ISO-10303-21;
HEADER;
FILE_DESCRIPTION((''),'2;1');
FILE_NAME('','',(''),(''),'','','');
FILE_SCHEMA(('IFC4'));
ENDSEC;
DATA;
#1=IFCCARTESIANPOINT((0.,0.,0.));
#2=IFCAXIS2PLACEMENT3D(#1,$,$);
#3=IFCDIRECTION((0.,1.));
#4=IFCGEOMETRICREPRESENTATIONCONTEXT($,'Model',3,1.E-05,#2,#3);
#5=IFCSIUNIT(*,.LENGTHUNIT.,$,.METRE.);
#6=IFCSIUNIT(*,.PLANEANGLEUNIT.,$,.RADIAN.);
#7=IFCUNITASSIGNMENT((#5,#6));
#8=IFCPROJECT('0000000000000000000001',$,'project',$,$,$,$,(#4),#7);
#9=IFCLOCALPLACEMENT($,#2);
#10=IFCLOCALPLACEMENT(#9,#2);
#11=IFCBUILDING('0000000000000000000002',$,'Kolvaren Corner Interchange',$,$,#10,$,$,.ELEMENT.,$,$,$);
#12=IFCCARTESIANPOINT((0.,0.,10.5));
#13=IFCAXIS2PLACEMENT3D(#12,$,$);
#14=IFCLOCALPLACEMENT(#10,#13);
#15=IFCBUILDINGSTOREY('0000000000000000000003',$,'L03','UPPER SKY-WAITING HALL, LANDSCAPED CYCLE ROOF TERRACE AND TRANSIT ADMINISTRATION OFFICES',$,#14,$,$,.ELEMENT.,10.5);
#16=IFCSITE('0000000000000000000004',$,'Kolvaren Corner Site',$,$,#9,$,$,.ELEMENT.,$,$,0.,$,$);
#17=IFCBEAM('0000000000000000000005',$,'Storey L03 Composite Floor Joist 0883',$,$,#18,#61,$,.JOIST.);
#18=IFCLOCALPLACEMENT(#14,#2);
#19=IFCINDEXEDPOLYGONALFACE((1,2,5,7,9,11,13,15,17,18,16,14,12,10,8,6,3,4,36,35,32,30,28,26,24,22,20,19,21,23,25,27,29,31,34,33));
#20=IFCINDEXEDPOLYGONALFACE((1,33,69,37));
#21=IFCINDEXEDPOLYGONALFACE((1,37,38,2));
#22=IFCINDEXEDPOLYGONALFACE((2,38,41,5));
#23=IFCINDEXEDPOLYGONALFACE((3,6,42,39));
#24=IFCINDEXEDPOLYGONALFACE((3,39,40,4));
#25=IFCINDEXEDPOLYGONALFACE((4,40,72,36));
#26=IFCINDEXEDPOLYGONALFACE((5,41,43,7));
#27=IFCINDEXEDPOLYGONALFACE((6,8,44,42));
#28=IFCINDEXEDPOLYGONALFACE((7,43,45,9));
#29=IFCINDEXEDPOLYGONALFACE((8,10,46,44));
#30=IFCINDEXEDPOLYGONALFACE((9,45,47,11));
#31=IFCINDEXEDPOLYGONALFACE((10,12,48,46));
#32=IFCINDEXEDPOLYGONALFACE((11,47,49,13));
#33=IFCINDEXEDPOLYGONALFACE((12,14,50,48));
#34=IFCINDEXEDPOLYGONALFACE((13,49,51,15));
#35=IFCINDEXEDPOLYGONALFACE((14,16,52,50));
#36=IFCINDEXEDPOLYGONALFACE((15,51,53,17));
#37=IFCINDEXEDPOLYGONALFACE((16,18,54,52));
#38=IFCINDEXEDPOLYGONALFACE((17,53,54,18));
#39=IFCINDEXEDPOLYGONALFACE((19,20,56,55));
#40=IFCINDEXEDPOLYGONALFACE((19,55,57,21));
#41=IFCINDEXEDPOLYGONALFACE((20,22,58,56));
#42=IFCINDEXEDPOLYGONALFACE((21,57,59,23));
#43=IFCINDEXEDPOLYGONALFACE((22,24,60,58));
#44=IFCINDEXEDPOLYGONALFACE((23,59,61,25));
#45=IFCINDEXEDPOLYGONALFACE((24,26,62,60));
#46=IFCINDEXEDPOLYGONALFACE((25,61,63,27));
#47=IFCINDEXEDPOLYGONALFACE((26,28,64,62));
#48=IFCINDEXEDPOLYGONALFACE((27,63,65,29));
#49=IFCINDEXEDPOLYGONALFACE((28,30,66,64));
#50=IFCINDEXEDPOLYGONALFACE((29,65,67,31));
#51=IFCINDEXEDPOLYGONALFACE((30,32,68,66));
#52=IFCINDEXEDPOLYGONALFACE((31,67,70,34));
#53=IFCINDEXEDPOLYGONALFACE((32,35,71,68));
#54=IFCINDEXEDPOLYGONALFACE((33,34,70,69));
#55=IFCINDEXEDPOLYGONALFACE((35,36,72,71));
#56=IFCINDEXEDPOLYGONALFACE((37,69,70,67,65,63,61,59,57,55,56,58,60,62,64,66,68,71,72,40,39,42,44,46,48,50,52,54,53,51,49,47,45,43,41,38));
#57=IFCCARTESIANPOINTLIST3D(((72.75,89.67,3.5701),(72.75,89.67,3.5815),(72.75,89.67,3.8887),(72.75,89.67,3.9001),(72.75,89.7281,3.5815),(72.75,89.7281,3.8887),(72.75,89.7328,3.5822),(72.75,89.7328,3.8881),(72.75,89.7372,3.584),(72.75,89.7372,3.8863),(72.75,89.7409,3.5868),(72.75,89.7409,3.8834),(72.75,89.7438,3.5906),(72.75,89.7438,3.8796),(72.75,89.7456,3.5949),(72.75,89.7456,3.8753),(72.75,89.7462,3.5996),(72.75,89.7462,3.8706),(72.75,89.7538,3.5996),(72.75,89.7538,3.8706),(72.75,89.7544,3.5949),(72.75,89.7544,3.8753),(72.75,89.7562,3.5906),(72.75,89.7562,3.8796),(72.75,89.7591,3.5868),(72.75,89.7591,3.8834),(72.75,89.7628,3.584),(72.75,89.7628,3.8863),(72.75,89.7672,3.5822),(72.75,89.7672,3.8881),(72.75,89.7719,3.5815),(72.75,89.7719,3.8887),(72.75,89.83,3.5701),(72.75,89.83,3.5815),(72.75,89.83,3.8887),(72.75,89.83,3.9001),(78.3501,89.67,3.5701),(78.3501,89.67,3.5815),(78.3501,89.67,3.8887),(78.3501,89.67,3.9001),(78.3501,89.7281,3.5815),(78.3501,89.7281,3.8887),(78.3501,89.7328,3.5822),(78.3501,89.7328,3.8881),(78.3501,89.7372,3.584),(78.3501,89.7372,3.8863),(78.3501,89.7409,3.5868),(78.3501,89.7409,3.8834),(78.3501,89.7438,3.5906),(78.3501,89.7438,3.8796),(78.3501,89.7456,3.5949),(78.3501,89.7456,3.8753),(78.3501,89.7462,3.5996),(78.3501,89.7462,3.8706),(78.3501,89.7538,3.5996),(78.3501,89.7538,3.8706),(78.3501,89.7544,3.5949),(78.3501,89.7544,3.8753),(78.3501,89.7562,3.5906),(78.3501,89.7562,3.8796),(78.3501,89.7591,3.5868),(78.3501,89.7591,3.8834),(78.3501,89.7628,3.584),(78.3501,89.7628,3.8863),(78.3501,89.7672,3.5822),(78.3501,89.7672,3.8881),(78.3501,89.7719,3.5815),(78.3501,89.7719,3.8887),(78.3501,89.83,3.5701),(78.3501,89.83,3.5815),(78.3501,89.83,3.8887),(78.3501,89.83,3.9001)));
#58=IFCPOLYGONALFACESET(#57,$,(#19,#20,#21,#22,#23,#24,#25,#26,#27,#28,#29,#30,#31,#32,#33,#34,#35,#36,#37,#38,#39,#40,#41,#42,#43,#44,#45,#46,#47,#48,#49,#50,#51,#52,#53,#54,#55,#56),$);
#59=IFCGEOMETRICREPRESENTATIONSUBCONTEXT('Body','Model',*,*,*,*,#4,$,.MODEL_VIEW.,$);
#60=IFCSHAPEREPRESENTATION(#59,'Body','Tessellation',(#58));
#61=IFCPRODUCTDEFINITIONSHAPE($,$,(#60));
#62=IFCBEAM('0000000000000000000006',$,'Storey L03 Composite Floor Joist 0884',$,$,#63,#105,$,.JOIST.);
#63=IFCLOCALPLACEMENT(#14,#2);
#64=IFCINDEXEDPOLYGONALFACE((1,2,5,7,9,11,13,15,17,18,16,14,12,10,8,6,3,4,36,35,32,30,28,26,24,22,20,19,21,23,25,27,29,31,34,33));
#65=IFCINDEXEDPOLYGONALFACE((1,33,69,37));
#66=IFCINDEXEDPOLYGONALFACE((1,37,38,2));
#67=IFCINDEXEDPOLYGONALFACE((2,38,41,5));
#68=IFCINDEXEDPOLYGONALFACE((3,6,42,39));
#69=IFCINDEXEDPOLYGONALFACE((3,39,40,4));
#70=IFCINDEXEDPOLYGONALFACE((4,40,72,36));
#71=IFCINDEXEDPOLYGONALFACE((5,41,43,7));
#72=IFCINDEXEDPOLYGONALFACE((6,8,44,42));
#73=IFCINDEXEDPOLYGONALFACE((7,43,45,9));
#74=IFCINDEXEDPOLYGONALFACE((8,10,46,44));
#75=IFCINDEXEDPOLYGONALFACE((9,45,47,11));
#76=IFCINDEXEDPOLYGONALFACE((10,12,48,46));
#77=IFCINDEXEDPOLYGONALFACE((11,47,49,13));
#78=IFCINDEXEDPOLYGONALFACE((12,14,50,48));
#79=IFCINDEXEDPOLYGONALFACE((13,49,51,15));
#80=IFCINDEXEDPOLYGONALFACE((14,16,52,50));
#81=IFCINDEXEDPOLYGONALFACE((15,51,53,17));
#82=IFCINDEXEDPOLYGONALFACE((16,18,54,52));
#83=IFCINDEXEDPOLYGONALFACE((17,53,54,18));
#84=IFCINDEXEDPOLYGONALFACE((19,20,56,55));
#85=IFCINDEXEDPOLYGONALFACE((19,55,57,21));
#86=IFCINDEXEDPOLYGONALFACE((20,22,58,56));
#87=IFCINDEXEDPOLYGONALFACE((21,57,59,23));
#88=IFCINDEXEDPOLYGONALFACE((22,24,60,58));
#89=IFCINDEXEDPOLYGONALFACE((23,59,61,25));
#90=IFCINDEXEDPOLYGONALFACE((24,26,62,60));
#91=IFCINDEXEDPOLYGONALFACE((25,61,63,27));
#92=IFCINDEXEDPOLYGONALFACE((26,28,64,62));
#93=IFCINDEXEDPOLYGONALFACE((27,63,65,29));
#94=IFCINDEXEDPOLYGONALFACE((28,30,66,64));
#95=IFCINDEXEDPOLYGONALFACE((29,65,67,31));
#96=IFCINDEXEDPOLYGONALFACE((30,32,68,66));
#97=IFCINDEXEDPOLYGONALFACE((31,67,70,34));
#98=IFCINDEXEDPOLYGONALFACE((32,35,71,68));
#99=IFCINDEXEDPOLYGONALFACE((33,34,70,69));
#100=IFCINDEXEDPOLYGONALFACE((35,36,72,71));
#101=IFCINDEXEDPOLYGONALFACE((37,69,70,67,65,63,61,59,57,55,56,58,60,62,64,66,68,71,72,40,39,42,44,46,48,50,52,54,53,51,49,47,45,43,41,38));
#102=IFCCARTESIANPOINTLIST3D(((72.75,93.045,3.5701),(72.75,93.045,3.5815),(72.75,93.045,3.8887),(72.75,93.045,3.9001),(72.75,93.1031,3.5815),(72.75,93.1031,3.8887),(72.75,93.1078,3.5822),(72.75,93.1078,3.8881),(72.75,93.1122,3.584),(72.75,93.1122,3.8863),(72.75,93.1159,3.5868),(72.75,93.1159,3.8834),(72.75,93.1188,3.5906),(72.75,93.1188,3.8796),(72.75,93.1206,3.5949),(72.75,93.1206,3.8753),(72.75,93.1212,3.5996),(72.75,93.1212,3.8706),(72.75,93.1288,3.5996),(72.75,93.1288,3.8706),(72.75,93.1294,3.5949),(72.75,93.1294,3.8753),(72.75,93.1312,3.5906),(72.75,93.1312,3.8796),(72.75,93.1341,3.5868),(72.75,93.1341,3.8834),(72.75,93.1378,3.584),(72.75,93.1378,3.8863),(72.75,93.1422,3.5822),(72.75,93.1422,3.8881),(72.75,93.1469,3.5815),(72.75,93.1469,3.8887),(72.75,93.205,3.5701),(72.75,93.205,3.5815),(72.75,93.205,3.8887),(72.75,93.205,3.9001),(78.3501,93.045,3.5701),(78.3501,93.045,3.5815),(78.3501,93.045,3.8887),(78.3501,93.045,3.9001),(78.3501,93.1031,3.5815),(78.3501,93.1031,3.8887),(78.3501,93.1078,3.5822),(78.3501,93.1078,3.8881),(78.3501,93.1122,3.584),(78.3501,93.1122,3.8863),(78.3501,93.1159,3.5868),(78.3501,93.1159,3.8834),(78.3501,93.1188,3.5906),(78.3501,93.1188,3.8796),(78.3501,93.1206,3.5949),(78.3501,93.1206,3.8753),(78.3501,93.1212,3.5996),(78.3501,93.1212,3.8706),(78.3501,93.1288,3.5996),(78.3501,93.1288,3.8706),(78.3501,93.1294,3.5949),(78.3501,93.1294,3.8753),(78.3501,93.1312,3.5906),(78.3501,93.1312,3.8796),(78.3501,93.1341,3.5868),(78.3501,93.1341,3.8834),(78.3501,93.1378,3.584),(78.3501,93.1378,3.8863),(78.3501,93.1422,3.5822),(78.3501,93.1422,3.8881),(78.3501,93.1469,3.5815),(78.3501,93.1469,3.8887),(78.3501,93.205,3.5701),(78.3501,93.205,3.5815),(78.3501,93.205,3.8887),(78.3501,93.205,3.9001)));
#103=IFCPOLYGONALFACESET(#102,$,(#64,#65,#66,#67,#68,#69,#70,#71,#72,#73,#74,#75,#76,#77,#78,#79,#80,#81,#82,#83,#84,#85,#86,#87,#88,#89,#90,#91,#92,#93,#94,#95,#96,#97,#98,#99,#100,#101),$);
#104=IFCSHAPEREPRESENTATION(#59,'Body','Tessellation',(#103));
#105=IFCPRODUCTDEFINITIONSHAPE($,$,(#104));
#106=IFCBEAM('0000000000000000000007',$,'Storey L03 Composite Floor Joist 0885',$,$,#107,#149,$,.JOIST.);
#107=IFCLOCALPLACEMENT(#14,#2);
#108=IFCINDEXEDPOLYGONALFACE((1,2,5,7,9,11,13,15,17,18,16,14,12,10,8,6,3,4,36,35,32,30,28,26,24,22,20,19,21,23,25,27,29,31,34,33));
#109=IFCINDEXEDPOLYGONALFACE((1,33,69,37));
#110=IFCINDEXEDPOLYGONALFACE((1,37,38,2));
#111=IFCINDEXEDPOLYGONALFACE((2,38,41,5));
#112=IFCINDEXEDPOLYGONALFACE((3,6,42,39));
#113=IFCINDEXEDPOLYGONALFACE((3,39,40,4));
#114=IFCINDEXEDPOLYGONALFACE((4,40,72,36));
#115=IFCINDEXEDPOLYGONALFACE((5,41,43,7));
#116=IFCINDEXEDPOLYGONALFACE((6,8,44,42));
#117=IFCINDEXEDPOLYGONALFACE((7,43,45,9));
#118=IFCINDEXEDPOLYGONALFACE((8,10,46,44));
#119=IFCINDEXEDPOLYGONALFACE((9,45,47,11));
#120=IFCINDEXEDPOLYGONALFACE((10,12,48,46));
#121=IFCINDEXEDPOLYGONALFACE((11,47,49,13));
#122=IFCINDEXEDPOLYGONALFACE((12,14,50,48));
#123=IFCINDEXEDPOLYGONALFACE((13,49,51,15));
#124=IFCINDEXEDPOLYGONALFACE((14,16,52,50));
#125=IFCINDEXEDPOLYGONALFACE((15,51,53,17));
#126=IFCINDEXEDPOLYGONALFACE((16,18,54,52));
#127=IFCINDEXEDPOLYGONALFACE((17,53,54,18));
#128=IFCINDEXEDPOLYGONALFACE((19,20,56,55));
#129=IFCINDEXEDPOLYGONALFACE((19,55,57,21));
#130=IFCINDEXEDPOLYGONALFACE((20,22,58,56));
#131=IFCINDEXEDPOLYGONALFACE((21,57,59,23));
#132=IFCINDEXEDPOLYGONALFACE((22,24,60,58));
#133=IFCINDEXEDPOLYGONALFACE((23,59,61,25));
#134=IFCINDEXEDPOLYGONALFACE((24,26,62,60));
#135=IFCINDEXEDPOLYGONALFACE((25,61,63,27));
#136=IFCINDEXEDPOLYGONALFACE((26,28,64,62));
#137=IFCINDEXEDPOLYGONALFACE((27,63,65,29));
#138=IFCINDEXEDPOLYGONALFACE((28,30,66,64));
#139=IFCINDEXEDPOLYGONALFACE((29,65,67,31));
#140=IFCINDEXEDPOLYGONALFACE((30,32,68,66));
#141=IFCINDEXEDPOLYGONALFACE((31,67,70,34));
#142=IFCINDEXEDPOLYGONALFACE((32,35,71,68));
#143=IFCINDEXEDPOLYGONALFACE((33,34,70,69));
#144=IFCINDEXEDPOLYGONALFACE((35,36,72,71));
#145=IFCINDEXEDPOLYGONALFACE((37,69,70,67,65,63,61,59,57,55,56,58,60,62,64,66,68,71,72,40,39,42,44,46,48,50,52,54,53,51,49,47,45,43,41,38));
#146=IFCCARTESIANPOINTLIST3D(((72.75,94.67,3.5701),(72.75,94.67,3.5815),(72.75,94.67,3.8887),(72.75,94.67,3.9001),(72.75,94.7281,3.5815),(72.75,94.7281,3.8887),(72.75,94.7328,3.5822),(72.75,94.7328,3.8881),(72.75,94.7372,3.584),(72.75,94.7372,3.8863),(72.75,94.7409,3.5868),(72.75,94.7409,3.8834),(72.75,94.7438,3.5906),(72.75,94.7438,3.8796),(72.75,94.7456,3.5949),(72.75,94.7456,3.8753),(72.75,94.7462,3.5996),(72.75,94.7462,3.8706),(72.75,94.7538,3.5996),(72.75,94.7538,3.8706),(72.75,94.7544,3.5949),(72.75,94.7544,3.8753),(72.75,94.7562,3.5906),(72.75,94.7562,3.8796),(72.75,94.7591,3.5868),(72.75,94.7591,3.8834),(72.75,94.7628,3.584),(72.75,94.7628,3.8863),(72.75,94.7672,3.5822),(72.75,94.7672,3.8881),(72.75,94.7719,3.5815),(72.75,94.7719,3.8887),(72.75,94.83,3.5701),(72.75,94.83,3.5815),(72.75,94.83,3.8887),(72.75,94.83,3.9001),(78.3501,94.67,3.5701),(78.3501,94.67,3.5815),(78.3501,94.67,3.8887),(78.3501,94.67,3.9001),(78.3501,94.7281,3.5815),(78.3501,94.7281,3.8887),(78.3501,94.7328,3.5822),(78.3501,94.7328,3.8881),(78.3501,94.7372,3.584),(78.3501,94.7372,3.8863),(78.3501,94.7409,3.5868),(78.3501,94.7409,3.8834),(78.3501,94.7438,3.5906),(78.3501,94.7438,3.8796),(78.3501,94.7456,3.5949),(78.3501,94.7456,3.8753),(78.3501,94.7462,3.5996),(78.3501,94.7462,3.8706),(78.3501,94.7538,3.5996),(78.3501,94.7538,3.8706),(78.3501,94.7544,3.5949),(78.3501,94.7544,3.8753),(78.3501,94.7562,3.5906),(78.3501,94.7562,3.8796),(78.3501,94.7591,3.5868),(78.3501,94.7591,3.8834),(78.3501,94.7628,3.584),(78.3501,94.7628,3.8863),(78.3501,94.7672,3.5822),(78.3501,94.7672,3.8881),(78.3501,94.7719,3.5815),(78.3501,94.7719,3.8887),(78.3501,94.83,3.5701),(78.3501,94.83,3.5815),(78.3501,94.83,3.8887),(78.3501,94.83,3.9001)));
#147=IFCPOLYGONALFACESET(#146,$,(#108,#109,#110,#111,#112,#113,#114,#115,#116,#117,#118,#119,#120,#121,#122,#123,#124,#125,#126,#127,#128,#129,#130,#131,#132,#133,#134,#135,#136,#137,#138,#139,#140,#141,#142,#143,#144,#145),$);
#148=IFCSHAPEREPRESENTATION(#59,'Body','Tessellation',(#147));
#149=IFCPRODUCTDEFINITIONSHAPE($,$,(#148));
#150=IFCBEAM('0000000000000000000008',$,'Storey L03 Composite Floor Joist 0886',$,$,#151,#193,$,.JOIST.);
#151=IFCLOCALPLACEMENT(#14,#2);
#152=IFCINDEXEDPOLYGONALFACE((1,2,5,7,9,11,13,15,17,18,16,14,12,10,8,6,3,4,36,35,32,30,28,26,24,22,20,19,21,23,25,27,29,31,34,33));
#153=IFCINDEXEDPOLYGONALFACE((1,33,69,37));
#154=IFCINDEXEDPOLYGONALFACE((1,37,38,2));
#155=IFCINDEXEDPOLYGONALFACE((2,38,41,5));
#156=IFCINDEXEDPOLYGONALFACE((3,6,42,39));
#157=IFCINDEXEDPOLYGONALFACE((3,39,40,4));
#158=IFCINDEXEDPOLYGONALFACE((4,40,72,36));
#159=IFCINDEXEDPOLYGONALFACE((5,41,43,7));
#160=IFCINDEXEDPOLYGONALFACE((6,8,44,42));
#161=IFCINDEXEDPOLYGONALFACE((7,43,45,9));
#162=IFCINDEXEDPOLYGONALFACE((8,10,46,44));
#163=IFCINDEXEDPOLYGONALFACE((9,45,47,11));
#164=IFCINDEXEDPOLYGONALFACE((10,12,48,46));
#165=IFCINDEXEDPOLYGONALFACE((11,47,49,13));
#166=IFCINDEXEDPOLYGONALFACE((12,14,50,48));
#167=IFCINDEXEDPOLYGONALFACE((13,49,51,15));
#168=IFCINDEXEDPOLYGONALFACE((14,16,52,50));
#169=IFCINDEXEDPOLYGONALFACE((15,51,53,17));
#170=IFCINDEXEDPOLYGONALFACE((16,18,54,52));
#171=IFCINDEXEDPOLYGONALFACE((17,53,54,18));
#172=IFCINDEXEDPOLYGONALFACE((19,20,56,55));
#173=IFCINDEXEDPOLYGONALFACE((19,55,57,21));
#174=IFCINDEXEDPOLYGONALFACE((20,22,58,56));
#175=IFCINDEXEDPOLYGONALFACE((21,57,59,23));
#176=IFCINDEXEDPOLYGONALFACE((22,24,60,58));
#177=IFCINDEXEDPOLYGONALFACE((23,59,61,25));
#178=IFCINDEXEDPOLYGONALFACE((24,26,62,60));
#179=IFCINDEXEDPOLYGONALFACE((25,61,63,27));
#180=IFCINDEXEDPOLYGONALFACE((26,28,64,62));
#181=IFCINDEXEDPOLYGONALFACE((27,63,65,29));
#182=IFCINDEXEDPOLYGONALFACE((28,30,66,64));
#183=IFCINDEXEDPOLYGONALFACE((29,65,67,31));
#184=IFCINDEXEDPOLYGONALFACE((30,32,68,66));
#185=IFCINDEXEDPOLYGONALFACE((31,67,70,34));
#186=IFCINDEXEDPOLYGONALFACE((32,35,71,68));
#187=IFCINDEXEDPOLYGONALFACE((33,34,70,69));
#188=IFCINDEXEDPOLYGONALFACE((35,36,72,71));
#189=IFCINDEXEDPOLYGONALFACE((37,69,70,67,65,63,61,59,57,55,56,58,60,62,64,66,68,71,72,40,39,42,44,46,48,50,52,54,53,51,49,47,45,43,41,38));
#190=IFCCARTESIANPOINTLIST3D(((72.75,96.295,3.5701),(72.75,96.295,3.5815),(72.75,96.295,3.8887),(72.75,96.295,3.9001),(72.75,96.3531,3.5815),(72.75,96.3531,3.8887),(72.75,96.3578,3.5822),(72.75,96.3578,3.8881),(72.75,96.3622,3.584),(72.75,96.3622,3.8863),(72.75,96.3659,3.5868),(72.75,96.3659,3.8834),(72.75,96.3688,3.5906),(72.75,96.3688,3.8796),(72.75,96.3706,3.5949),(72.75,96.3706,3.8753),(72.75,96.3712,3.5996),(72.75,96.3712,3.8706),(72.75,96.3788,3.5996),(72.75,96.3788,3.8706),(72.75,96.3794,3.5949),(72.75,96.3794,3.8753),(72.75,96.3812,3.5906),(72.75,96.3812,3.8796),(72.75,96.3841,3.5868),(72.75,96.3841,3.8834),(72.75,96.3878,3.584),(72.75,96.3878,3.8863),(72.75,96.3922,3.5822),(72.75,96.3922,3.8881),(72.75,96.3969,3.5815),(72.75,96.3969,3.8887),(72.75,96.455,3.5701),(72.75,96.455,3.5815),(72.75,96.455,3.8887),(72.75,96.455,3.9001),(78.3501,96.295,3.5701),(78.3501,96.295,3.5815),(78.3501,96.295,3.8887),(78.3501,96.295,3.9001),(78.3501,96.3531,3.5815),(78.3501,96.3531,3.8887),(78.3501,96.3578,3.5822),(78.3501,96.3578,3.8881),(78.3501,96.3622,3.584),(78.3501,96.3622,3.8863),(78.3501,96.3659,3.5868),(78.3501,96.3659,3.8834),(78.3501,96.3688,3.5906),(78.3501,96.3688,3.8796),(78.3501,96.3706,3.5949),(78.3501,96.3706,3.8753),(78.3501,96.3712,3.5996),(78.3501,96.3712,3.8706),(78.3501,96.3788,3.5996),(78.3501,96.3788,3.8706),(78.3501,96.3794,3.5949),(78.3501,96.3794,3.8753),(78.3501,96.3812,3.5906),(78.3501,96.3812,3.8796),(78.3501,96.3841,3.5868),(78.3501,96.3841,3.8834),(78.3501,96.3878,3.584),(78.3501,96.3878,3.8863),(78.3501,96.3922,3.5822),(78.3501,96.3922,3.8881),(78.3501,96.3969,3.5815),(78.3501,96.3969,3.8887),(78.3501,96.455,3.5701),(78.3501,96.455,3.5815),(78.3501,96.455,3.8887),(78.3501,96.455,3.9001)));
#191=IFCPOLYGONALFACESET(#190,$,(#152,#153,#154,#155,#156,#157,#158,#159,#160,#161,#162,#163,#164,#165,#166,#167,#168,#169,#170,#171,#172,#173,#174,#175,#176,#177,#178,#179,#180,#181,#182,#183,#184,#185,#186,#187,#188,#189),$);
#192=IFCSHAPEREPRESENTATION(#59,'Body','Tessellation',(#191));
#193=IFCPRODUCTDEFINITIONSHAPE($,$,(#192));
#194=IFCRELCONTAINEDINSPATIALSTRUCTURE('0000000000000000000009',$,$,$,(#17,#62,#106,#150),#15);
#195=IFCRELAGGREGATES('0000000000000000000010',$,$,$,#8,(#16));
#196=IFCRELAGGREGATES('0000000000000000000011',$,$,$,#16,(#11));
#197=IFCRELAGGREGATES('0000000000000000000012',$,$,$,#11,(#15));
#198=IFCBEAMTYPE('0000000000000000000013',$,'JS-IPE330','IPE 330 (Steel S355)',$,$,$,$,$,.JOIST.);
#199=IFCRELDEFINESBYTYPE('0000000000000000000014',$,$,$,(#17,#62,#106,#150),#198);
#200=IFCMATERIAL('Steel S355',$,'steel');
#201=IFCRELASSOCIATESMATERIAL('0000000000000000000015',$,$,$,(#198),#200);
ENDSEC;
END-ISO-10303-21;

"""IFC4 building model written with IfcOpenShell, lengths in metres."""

from ifc_helpers import new_model, si_unit, direction, frame, origin, origin_2d, place, context, subcontext, project, spatial, i_section, extrude, material, material_profile, profile_set, type_object, element, save


model = new_model("IFC4")

# Units and contexts
model_context = context("Model", 3, precision=1e-05, world=origin(), true_north=direction((0.0, 1.0)))
body_context = subcontext(model_context, "Body", "Model", "MODEL_VIEW")
ifc_project = project(units=[si_unit("LENGTHUNIT", "METRE"), si_unit("PLANEANGLEUNIT", "RADIAN")], contexts=[model_context])

# Site, building, storey
site_placement = place(None, origin())
site = spatial("IfcSite", under=ifc_project, at=site_placement, Name="Kolvaren Corner Site", CompositionType="ELEMENT", RefElevation=0.0)
building_placement = place(site_placement, origin())
building = spatial("IfcBuilding", under=site, at=building_placement, Name="Kolvaren Corner Interchange", CompositionType="ELEMENT")
storey_placement = place(building_placement, frame((0.0, 0.0, 10.5)))
storey = spatial("IfcBuildingStorey", under=building, at=storey_placement, Name="L03", Description="UPPER SKY-WAITING HALL, LANDSCAPED CYCLE ROOF TERRACE AND TRANSIT ADMINISTRATION OFFICES", CompositionType="ELEMENT", Elevation=10.5)

# Beams
ifc_material_1 = material(Name="Steel S355", Category="steel")
ifc_material_profile_1 = material_profile(ifc_material_1, i_section(OverallWidth=0.1599, OverallDepth=0.3301, WebThickness=0.0076, FlangeThickness=0.0115, FilletRadius=0.0181, at=origin_2d()), Name="IPE 330")
ifc_profile_set_1 = profile_set([ifc_material_profile_1], Name="Steel S355")
beam_type_1 = type_object("IfcBeamType", Name="JS-IPE330", Description="IPE 330 (Steel S355)", PredefinedType="JOIST", material=ifc_profile_set_1)
for number, where, z_axis, x_axis, name in (
    (1, (72.75, 89.75, 3.7351), (1.0, 0.0, 0.0), (0.0, 1.0, 0.0), "Storey L03 Composite Floor Joist 0883"),
    (2, (72.75, 93.125, 3.7351), (1.0, 0.0, 0.0), (0.0, 1.0, 0.0), "Storey L03 Composite Floor Joist 0884"),
    (3, (72.75, 94.75, 3.7351), (1.0, 0.0, 0.0), (0.0, 1.0, 0.0), "Storey L03 Composite Floor Joist 0885"),
    (4, (72.75, 96.375, 3.7351), (1.0, 0.0, 0.0), (0.0, 1.0, 0.0), "Storey L03 Composite Floor Joist 0886"),
):
    element("IfcBeam", number, at=place(storey_placement, frame(where, z_axis=z_axis, x_axis=x_axis)), inside=storey, type_object=beam_type_1, Name=name, PredefinedType="JOIST", context=body_context, shape_type="SweptSolid", body=[
        extrude(i_section(OverallWidth=0.1599, OverallDepth=0.3301, WebThickness=0.0076, FlangeThickness=0.0115, FilletRadius=0.0181, at=origin_2d()), origin(), (0.0, 0.0, 1.0), 5.6001),
    ])

save(model, "model.ifc")
